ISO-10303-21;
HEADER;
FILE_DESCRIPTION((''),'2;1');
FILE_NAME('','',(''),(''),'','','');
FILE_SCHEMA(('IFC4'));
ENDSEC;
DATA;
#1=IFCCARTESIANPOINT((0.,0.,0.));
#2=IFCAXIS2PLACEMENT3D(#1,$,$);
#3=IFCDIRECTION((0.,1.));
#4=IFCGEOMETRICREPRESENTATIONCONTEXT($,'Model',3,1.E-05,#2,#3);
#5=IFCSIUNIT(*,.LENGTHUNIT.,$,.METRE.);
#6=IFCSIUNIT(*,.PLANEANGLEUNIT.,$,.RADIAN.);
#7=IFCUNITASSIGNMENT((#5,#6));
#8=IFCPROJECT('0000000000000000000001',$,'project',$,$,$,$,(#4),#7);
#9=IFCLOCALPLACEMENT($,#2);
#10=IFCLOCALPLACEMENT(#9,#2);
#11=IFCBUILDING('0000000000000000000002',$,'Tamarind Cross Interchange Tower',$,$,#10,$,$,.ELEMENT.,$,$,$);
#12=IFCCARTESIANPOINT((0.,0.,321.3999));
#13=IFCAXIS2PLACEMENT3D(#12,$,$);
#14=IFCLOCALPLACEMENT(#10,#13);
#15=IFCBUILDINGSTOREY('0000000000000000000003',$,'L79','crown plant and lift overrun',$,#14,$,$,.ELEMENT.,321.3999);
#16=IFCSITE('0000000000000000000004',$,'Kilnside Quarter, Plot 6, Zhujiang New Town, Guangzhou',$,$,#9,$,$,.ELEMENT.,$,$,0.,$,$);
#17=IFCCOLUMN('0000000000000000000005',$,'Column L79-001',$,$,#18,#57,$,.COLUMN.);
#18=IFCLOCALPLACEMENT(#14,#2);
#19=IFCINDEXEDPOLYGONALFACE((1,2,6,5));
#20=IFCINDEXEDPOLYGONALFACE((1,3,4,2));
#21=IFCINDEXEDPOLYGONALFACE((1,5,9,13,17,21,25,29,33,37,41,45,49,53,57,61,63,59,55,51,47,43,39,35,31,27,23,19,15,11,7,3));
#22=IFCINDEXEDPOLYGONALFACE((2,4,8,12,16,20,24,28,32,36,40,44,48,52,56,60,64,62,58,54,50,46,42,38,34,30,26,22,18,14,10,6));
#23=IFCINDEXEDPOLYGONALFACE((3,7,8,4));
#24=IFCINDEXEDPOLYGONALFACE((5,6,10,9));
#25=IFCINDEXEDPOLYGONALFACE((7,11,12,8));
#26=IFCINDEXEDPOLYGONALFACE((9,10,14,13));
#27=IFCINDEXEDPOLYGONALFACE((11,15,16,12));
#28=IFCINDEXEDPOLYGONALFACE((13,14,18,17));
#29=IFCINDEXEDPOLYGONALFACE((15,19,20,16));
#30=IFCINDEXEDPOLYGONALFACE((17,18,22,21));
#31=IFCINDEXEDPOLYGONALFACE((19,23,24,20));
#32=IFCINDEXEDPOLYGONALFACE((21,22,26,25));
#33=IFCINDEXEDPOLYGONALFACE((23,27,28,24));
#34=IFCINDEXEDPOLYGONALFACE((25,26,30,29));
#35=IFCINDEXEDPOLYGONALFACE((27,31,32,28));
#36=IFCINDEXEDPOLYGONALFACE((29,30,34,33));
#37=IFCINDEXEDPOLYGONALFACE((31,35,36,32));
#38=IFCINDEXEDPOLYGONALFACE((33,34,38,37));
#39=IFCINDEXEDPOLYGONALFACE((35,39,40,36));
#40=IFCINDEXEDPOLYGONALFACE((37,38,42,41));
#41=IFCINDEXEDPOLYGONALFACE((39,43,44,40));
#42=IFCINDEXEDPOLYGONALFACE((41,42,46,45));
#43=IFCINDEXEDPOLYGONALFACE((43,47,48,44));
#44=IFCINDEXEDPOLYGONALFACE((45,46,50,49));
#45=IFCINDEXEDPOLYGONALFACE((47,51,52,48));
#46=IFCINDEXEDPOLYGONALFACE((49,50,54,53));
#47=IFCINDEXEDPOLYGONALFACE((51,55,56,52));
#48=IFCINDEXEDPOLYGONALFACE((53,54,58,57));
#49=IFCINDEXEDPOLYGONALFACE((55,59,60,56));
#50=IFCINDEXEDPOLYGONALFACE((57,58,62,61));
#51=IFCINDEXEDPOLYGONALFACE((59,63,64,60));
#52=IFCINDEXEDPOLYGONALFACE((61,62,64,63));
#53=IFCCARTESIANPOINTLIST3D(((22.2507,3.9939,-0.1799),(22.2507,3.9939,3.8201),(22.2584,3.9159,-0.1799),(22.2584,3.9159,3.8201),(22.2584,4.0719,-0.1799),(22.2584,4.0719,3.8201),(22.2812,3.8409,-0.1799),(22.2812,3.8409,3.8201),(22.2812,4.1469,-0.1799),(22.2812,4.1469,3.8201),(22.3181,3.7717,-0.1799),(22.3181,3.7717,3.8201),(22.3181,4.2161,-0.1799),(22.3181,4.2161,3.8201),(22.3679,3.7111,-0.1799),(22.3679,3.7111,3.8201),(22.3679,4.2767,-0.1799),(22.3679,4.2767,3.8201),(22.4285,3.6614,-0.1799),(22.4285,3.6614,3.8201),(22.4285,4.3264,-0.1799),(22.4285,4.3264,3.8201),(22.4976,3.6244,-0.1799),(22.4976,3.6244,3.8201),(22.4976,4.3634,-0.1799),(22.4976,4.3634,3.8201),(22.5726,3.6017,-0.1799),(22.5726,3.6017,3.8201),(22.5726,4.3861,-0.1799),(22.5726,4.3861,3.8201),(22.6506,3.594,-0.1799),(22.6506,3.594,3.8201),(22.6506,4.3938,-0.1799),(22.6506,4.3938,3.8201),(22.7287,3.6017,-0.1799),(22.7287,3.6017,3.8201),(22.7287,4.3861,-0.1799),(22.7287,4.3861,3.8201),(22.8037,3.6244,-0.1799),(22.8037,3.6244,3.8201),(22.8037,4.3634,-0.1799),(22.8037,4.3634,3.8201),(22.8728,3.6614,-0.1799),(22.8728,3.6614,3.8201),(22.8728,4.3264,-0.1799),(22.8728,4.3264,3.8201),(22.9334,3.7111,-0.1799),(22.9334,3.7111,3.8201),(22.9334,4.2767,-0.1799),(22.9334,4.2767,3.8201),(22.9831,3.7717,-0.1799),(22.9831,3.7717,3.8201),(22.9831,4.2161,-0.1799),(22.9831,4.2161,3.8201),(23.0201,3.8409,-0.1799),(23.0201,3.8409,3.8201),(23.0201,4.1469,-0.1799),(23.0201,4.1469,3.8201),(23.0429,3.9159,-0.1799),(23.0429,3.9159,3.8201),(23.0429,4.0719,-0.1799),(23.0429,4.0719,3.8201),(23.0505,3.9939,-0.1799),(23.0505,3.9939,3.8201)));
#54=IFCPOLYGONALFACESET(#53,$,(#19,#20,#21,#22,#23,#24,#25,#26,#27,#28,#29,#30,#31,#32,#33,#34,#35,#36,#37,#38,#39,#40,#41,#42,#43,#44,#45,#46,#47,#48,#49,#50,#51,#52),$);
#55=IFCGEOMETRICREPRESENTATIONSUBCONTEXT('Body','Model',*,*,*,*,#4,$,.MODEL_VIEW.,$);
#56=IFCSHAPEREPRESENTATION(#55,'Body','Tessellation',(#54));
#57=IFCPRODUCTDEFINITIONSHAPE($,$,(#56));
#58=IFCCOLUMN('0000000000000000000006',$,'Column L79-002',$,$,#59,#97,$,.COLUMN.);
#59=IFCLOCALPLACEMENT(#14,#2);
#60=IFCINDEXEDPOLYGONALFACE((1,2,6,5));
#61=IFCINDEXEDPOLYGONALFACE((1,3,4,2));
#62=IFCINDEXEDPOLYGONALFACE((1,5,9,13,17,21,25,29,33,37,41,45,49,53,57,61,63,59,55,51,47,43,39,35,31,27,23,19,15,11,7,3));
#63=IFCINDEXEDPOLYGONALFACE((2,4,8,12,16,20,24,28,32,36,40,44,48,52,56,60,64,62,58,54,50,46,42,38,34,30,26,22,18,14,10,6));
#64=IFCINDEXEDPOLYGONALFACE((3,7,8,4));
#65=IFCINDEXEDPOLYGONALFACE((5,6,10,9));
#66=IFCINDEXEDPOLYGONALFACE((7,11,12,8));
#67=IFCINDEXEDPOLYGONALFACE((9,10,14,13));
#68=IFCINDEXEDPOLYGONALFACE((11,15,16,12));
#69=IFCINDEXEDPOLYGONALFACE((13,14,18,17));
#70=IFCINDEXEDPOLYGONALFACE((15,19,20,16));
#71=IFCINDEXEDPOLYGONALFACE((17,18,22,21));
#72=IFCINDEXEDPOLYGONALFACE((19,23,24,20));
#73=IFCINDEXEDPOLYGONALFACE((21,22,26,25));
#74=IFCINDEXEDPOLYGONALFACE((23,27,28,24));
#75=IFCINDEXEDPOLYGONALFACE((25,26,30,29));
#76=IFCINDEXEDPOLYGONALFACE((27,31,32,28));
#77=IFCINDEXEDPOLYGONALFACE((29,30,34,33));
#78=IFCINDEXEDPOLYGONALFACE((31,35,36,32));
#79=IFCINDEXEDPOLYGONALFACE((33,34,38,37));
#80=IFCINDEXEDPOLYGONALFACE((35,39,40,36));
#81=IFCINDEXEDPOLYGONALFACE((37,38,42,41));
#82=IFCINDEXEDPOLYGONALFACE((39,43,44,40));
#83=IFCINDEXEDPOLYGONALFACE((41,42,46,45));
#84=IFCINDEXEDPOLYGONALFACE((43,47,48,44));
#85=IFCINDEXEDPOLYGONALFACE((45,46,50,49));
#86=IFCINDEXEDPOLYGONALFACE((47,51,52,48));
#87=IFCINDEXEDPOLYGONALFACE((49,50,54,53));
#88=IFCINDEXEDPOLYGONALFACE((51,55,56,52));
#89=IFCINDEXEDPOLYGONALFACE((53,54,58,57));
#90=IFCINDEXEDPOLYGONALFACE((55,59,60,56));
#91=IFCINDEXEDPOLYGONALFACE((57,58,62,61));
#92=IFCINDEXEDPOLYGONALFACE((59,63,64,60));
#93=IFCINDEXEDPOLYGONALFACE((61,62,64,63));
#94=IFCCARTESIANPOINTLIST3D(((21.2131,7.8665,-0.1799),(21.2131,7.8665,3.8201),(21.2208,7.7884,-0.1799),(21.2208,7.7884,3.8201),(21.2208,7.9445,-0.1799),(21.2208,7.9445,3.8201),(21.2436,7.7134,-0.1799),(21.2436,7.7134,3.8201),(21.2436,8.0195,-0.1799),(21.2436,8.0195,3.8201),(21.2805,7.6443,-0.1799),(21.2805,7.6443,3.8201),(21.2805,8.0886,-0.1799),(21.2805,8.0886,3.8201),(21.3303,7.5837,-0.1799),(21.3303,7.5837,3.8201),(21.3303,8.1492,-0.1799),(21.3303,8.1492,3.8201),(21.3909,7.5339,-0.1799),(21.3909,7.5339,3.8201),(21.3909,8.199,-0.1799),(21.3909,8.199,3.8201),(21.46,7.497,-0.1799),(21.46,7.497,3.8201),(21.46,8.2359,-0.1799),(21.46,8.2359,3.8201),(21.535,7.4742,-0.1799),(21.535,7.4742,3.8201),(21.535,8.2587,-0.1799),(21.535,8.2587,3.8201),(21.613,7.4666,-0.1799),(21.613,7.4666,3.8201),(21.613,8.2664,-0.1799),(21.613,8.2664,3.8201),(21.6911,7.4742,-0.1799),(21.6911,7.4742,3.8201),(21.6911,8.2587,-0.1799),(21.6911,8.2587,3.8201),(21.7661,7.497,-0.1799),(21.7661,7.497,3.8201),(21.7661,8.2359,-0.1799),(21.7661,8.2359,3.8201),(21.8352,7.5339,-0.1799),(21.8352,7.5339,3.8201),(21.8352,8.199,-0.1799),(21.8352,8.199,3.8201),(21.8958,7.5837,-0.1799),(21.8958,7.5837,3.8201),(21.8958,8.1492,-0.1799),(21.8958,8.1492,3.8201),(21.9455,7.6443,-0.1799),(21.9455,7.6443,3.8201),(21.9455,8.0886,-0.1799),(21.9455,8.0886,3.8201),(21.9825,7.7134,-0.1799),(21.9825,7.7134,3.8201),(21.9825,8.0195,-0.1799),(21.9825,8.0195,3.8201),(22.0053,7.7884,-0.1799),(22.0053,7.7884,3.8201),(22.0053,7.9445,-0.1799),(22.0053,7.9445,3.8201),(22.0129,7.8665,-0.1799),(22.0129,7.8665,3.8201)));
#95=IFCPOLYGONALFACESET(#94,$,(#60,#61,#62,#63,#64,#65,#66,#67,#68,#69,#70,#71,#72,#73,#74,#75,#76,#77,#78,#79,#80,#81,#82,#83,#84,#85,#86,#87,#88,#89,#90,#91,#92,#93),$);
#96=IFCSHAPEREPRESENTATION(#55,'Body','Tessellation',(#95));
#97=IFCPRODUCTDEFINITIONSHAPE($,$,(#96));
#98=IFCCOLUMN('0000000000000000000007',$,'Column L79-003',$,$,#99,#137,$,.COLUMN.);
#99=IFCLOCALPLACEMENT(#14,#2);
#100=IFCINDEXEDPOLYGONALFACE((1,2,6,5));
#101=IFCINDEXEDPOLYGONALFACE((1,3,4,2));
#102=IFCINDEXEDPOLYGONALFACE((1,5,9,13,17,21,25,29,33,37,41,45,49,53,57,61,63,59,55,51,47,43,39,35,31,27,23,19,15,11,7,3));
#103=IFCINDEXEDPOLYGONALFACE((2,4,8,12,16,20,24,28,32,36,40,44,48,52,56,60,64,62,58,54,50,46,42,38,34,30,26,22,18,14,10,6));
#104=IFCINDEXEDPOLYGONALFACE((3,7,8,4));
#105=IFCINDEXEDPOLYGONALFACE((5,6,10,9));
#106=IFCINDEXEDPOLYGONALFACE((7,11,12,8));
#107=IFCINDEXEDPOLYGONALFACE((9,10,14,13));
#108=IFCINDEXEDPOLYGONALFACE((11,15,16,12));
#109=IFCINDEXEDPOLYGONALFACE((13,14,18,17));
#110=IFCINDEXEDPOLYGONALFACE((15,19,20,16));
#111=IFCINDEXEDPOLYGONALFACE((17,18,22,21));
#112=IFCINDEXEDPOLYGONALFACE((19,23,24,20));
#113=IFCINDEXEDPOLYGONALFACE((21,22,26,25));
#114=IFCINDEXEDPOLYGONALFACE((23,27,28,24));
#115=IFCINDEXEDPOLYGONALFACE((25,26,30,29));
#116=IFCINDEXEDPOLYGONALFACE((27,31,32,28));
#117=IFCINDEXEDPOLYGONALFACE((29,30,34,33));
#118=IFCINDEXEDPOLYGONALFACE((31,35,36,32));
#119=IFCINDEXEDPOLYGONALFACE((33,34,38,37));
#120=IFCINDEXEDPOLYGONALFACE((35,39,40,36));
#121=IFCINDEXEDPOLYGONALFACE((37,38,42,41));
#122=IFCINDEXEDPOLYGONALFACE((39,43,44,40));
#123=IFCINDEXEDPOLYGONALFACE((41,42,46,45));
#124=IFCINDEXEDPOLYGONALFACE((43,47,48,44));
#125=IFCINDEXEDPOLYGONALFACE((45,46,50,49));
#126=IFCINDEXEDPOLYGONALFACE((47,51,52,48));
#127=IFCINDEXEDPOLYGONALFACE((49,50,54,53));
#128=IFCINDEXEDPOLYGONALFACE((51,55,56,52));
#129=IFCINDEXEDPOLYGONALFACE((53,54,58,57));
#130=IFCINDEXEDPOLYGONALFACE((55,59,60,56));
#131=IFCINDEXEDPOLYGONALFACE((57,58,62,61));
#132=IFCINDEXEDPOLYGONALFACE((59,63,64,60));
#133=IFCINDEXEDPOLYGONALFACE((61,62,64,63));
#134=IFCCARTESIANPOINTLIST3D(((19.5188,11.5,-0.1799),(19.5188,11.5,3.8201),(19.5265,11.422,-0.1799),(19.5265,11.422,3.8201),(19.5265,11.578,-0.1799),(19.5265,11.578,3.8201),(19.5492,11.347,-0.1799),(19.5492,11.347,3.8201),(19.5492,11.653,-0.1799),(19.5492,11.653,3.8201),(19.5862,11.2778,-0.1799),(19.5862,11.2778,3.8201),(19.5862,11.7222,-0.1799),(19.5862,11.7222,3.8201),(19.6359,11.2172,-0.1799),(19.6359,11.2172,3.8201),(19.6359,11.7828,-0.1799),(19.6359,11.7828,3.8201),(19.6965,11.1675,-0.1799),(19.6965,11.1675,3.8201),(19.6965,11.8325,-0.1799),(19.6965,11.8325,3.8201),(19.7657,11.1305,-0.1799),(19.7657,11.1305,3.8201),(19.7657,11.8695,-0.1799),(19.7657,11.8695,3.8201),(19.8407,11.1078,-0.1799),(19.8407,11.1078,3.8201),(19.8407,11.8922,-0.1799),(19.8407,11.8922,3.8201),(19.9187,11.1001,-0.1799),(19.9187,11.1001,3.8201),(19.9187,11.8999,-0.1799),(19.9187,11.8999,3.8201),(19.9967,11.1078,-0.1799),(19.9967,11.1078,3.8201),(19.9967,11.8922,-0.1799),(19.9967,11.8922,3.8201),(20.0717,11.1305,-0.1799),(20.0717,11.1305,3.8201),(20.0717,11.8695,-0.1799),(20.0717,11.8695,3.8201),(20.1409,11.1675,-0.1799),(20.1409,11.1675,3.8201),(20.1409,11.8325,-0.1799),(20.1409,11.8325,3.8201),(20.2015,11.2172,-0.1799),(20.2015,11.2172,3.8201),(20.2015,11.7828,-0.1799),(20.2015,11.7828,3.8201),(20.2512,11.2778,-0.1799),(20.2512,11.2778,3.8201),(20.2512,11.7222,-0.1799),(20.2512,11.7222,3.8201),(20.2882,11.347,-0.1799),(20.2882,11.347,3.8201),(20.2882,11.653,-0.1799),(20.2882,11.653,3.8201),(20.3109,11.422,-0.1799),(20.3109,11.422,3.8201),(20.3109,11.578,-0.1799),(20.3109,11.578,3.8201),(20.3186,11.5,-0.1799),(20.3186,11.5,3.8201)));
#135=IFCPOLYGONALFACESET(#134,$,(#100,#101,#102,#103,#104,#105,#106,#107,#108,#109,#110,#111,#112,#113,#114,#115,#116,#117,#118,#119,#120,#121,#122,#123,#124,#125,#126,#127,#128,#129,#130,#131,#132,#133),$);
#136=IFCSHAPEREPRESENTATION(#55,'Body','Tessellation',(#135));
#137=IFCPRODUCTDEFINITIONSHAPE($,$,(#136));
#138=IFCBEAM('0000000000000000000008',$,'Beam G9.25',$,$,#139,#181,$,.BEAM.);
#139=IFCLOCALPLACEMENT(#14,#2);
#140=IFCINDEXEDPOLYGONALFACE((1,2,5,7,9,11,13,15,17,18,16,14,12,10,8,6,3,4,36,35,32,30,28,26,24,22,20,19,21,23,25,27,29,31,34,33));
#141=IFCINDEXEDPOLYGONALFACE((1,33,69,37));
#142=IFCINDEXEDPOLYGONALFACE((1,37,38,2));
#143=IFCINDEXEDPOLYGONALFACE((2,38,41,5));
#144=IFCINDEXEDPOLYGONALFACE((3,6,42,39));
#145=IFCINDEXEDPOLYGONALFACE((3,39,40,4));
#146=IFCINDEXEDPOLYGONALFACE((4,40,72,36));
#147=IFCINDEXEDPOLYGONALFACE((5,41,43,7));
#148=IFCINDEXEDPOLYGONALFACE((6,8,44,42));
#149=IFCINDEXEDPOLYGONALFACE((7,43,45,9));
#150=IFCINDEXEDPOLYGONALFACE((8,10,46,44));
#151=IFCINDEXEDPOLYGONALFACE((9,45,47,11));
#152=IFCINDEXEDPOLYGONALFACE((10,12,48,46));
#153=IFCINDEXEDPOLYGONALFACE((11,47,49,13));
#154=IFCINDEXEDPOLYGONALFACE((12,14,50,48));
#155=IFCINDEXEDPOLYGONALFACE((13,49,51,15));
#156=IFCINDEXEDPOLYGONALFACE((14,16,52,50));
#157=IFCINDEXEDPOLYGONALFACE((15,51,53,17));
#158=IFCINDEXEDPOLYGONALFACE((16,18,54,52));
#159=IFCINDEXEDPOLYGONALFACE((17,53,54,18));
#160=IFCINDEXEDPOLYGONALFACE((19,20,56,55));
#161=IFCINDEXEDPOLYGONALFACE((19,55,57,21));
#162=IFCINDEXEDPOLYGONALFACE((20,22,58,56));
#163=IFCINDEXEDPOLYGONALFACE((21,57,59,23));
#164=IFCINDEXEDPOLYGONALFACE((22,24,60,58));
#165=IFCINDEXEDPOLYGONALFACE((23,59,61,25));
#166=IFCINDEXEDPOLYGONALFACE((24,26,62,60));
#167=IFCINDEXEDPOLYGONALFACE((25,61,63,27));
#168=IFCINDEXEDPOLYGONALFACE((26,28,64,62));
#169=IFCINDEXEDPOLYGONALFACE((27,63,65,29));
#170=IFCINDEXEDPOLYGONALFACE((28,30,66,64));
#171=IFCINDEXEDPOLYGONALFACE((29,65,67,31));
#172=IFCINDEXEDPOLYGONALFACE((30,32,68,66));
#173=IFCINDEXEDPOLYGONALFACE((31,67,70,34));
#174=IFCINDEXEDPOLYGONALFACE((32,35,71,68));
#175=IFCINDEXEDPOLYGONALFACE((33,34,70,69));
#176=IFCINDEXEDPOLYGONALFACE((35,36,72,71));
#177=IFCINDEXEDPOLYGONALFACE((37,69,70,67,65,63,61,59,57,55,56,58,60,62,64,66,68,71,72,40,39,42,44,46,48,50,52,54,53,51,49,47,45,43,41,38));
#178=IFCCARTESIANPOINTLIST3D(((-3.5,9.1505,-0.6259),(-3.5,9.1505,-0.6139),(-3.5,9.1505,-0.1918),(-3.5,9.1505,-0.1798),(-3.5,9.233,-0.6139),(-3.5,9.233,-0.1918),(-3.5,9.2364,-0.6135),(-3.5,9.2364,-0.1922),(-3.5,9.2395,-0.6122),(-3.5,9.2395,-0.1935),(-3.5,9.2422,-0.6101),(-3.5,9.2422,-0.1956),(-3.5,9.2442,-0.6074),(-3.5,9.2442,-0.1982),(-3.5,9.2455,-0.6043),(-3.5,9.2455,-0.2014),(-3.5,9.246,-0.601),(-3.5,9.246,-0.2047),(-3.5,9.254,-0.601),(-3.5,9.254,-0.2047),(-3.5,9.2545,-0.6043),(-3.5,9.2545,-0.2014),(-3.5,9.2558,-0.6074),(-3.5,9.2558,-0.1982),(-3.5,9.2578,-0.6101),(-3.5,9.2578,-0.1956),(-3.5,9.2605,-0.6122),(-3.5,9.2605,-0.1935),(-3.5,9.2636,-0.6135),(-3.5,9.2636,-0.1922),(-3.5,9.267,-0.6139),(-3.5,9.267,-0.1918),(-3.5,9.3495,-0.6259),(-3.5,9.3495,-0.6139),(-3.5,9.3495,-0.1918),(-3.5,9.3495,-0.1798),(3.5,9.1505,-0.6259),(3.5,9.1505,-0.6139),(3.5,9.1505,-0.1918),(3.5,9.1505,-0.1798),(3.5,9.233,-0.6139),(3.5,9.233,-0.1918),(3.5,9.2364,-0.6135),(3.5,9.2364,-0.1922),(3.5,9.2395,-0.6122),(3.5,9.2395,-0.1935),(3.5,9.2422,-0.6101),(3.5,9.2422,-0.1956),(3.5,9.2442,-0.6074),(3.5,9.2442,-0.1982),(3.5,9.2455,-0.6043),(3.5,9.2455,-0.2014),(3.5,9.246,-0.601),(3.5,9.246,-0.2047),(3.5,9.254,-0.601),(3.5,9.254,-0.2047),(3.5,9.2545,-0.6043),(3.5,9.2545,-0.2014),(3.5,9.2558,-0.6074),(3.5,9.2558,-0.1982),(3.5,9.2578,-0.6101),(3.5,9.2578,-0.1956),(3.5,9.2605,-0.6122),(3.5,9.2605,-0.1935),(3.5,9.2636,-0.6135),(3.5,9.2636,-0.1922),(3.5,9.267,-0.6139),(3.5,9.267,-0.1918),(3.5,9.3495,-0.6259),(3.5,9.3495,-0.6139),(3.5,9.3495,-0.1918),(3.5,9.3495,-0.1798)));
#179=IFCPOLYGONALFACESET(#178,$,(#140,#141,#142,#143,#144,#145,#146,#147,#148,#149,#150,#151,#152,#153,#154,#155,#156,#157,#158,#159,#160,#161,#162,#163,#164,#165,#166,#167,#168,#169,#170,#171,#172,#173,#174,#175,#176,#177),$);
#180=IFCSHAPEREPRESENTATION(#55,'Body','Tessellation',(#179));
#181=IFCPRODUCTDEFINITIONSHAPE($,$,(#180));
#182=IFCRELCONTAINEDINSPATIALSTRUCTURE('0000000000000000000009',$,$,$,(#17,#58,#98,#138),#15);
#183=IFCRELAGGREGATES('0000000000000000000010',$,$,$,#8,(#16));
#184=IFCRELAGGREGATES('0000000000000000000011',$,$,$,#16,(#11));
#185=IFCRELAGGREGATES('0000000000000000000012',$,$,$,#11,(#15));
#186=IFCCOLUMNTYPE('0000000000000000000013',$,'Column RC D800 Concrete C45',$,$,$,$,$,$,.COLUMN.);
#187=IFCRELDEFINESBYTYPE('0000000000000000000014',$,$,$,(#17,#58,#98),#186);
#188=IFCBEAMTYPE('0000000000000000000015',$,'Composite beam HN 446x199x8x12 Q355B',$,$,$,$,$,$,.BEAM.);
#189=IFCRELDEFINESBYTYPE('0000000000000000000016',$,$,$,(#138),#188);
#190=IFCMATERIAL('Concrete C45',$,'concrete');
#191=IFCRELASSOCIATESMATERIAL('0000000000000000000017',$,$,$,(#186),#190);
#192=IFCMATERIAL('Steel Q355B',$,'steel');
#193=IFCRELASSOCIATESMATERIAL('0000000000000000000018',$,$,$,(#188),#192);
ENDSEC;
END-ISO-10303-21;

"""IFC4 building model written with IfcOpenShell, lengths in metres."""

from ifc_helpers import new_model, si_unit, direction, frame, origin, origin_2d, place, context, subcontext, project, spatial, circle, i_section, extrude, material, material_profile, profile_set, type_object, element, save


model = new_model("IFC4")

# Units and contexts
model_context = context("Model", 3, precision=1e-05, world=origin(), true_north=direction((0.0, 1.0)))
body_context = subcontext(model_context, "Body", "Model", "MODEL_VIEW")
ifc_project = project(units=[si_unit("LENGTHUNIT", "METRE"), si_unit("PLANEANGLEUNIT", "RADIAN")], contexts=[model_context])

# Site, building, storey
site_placement = place(None, origin())
site = spatial("IfcSite", under=ifc_project, at=site_placement, Name="Kilnside Quarter, Plot 6, Zhujiang New Town, Guangzhou", CompositionType="ELEMENT", RefElevation=0.0)
building_placement = place(site_placement, origin())
building = spatial("IfcBuilding", under=site, at=building_placement, Name="Tamarind Cross Interchange Tower", CompositionType="ELEMENT")
storey_placement = place(building_placement, frame((0.0, 0.0, 321.3999)))
storey = spatial("IfcBuildingStorey", under=building, at=storey_placement, Name="L79", Description="crown plant and lift overrun", CompositionType="ELEMENT", Elevation=321.3999)

# Columns
ifc_material_1 = material(Name="Concrete C45", Category="concrete")
ifc_material_profile_1 = material_profile(ifc_material_1, circle(Radius=0.3999, at=origin_2d()), Name="RC D800")
ifc_profile_set_1 = profile_set([ifc_material_profile_1], Name="Concrete C45")
column_type = type_object("IfcColumnType", Name="Column RC D800 Concrete C45", PredefinedType="COLUMN", material=ifc_profile_set_1)
for number, where, z_axis, x_axis, name in (
    (1, (22.6506, 3.9939, -0.1799), (0.0, 0.0, 1.0), (1.0, 0.0, 0.0), "Column L79-001"),
    (2, (21.613, 7.8665, -0.1799), (0.0, 0.0, 1.0), (1.0, 0.0, 0.0), "Column L79-002"),
    (3, (19.9187, 11.5, -0.1799), (0.0, 0.0, 1.0), (1.0, 0.0, 0.0), "Column L79-003"),
):
    element("IfcColumn", number, at=place(storey_placement, frame(where, z_axis=z_axis, x_axis=x_axis)), inside=storey, type_object=column_type, Name=name, PredefinedType="COLUMN", context=body_context, shape_type="SweptSolid", body=[
        extrude(circle(Radius=0.3999, at=origin_2d()), origin(), (0.0, 0.0, 1.0), 4.0),
    ])

# Beam
ifc_material_2 = material(Name="Steel Q355B", Category="steel")
ifc_material_profile_2 = material_profile(ifc_material_2, i_section(OverallWidth=0.199, OverallDepth=0.446, WebThickness=0.0081, FlangeThickness=0.012, FilletRadius=0.0129, at=origin_2d()), Name="HN 446x199x8x12")
ifc_profile_set_2 = profile_set([ifc_material_profile_2], Name="Steel Q355B")
beam_type_1 = type_object("IfcBeamType", Name="Composite beam HN 446x199x8x12 Q355B", PredefinedType="BEAM", material=ifc_profile_set_2)
beam_1_placement = place(storey_placement, frame((-3.5, 9.25, -0.4028), z_axis=(1.0, 0.0, 0.0), x_axis=(0.0, 1.0, 0.0)))
element("IfcBeam", 4, at=beam_1_placement, inside=storey, type_object=beam_type_1, Name="Beam G9.25", PredefinedType="BEAM", context=body_context, shape_type="SweptSolid", body=[
    extrude(i_section(OverallWidth=0.199, OverallDepth=0.446, WebThickness=0.0081, FlangeThickness=0.012, FilletRadius=0.0129, at=origin_2d()), origin(), (0.0, 0.0, 1.0), 7.0),
])

save(model, "model.ifc")
